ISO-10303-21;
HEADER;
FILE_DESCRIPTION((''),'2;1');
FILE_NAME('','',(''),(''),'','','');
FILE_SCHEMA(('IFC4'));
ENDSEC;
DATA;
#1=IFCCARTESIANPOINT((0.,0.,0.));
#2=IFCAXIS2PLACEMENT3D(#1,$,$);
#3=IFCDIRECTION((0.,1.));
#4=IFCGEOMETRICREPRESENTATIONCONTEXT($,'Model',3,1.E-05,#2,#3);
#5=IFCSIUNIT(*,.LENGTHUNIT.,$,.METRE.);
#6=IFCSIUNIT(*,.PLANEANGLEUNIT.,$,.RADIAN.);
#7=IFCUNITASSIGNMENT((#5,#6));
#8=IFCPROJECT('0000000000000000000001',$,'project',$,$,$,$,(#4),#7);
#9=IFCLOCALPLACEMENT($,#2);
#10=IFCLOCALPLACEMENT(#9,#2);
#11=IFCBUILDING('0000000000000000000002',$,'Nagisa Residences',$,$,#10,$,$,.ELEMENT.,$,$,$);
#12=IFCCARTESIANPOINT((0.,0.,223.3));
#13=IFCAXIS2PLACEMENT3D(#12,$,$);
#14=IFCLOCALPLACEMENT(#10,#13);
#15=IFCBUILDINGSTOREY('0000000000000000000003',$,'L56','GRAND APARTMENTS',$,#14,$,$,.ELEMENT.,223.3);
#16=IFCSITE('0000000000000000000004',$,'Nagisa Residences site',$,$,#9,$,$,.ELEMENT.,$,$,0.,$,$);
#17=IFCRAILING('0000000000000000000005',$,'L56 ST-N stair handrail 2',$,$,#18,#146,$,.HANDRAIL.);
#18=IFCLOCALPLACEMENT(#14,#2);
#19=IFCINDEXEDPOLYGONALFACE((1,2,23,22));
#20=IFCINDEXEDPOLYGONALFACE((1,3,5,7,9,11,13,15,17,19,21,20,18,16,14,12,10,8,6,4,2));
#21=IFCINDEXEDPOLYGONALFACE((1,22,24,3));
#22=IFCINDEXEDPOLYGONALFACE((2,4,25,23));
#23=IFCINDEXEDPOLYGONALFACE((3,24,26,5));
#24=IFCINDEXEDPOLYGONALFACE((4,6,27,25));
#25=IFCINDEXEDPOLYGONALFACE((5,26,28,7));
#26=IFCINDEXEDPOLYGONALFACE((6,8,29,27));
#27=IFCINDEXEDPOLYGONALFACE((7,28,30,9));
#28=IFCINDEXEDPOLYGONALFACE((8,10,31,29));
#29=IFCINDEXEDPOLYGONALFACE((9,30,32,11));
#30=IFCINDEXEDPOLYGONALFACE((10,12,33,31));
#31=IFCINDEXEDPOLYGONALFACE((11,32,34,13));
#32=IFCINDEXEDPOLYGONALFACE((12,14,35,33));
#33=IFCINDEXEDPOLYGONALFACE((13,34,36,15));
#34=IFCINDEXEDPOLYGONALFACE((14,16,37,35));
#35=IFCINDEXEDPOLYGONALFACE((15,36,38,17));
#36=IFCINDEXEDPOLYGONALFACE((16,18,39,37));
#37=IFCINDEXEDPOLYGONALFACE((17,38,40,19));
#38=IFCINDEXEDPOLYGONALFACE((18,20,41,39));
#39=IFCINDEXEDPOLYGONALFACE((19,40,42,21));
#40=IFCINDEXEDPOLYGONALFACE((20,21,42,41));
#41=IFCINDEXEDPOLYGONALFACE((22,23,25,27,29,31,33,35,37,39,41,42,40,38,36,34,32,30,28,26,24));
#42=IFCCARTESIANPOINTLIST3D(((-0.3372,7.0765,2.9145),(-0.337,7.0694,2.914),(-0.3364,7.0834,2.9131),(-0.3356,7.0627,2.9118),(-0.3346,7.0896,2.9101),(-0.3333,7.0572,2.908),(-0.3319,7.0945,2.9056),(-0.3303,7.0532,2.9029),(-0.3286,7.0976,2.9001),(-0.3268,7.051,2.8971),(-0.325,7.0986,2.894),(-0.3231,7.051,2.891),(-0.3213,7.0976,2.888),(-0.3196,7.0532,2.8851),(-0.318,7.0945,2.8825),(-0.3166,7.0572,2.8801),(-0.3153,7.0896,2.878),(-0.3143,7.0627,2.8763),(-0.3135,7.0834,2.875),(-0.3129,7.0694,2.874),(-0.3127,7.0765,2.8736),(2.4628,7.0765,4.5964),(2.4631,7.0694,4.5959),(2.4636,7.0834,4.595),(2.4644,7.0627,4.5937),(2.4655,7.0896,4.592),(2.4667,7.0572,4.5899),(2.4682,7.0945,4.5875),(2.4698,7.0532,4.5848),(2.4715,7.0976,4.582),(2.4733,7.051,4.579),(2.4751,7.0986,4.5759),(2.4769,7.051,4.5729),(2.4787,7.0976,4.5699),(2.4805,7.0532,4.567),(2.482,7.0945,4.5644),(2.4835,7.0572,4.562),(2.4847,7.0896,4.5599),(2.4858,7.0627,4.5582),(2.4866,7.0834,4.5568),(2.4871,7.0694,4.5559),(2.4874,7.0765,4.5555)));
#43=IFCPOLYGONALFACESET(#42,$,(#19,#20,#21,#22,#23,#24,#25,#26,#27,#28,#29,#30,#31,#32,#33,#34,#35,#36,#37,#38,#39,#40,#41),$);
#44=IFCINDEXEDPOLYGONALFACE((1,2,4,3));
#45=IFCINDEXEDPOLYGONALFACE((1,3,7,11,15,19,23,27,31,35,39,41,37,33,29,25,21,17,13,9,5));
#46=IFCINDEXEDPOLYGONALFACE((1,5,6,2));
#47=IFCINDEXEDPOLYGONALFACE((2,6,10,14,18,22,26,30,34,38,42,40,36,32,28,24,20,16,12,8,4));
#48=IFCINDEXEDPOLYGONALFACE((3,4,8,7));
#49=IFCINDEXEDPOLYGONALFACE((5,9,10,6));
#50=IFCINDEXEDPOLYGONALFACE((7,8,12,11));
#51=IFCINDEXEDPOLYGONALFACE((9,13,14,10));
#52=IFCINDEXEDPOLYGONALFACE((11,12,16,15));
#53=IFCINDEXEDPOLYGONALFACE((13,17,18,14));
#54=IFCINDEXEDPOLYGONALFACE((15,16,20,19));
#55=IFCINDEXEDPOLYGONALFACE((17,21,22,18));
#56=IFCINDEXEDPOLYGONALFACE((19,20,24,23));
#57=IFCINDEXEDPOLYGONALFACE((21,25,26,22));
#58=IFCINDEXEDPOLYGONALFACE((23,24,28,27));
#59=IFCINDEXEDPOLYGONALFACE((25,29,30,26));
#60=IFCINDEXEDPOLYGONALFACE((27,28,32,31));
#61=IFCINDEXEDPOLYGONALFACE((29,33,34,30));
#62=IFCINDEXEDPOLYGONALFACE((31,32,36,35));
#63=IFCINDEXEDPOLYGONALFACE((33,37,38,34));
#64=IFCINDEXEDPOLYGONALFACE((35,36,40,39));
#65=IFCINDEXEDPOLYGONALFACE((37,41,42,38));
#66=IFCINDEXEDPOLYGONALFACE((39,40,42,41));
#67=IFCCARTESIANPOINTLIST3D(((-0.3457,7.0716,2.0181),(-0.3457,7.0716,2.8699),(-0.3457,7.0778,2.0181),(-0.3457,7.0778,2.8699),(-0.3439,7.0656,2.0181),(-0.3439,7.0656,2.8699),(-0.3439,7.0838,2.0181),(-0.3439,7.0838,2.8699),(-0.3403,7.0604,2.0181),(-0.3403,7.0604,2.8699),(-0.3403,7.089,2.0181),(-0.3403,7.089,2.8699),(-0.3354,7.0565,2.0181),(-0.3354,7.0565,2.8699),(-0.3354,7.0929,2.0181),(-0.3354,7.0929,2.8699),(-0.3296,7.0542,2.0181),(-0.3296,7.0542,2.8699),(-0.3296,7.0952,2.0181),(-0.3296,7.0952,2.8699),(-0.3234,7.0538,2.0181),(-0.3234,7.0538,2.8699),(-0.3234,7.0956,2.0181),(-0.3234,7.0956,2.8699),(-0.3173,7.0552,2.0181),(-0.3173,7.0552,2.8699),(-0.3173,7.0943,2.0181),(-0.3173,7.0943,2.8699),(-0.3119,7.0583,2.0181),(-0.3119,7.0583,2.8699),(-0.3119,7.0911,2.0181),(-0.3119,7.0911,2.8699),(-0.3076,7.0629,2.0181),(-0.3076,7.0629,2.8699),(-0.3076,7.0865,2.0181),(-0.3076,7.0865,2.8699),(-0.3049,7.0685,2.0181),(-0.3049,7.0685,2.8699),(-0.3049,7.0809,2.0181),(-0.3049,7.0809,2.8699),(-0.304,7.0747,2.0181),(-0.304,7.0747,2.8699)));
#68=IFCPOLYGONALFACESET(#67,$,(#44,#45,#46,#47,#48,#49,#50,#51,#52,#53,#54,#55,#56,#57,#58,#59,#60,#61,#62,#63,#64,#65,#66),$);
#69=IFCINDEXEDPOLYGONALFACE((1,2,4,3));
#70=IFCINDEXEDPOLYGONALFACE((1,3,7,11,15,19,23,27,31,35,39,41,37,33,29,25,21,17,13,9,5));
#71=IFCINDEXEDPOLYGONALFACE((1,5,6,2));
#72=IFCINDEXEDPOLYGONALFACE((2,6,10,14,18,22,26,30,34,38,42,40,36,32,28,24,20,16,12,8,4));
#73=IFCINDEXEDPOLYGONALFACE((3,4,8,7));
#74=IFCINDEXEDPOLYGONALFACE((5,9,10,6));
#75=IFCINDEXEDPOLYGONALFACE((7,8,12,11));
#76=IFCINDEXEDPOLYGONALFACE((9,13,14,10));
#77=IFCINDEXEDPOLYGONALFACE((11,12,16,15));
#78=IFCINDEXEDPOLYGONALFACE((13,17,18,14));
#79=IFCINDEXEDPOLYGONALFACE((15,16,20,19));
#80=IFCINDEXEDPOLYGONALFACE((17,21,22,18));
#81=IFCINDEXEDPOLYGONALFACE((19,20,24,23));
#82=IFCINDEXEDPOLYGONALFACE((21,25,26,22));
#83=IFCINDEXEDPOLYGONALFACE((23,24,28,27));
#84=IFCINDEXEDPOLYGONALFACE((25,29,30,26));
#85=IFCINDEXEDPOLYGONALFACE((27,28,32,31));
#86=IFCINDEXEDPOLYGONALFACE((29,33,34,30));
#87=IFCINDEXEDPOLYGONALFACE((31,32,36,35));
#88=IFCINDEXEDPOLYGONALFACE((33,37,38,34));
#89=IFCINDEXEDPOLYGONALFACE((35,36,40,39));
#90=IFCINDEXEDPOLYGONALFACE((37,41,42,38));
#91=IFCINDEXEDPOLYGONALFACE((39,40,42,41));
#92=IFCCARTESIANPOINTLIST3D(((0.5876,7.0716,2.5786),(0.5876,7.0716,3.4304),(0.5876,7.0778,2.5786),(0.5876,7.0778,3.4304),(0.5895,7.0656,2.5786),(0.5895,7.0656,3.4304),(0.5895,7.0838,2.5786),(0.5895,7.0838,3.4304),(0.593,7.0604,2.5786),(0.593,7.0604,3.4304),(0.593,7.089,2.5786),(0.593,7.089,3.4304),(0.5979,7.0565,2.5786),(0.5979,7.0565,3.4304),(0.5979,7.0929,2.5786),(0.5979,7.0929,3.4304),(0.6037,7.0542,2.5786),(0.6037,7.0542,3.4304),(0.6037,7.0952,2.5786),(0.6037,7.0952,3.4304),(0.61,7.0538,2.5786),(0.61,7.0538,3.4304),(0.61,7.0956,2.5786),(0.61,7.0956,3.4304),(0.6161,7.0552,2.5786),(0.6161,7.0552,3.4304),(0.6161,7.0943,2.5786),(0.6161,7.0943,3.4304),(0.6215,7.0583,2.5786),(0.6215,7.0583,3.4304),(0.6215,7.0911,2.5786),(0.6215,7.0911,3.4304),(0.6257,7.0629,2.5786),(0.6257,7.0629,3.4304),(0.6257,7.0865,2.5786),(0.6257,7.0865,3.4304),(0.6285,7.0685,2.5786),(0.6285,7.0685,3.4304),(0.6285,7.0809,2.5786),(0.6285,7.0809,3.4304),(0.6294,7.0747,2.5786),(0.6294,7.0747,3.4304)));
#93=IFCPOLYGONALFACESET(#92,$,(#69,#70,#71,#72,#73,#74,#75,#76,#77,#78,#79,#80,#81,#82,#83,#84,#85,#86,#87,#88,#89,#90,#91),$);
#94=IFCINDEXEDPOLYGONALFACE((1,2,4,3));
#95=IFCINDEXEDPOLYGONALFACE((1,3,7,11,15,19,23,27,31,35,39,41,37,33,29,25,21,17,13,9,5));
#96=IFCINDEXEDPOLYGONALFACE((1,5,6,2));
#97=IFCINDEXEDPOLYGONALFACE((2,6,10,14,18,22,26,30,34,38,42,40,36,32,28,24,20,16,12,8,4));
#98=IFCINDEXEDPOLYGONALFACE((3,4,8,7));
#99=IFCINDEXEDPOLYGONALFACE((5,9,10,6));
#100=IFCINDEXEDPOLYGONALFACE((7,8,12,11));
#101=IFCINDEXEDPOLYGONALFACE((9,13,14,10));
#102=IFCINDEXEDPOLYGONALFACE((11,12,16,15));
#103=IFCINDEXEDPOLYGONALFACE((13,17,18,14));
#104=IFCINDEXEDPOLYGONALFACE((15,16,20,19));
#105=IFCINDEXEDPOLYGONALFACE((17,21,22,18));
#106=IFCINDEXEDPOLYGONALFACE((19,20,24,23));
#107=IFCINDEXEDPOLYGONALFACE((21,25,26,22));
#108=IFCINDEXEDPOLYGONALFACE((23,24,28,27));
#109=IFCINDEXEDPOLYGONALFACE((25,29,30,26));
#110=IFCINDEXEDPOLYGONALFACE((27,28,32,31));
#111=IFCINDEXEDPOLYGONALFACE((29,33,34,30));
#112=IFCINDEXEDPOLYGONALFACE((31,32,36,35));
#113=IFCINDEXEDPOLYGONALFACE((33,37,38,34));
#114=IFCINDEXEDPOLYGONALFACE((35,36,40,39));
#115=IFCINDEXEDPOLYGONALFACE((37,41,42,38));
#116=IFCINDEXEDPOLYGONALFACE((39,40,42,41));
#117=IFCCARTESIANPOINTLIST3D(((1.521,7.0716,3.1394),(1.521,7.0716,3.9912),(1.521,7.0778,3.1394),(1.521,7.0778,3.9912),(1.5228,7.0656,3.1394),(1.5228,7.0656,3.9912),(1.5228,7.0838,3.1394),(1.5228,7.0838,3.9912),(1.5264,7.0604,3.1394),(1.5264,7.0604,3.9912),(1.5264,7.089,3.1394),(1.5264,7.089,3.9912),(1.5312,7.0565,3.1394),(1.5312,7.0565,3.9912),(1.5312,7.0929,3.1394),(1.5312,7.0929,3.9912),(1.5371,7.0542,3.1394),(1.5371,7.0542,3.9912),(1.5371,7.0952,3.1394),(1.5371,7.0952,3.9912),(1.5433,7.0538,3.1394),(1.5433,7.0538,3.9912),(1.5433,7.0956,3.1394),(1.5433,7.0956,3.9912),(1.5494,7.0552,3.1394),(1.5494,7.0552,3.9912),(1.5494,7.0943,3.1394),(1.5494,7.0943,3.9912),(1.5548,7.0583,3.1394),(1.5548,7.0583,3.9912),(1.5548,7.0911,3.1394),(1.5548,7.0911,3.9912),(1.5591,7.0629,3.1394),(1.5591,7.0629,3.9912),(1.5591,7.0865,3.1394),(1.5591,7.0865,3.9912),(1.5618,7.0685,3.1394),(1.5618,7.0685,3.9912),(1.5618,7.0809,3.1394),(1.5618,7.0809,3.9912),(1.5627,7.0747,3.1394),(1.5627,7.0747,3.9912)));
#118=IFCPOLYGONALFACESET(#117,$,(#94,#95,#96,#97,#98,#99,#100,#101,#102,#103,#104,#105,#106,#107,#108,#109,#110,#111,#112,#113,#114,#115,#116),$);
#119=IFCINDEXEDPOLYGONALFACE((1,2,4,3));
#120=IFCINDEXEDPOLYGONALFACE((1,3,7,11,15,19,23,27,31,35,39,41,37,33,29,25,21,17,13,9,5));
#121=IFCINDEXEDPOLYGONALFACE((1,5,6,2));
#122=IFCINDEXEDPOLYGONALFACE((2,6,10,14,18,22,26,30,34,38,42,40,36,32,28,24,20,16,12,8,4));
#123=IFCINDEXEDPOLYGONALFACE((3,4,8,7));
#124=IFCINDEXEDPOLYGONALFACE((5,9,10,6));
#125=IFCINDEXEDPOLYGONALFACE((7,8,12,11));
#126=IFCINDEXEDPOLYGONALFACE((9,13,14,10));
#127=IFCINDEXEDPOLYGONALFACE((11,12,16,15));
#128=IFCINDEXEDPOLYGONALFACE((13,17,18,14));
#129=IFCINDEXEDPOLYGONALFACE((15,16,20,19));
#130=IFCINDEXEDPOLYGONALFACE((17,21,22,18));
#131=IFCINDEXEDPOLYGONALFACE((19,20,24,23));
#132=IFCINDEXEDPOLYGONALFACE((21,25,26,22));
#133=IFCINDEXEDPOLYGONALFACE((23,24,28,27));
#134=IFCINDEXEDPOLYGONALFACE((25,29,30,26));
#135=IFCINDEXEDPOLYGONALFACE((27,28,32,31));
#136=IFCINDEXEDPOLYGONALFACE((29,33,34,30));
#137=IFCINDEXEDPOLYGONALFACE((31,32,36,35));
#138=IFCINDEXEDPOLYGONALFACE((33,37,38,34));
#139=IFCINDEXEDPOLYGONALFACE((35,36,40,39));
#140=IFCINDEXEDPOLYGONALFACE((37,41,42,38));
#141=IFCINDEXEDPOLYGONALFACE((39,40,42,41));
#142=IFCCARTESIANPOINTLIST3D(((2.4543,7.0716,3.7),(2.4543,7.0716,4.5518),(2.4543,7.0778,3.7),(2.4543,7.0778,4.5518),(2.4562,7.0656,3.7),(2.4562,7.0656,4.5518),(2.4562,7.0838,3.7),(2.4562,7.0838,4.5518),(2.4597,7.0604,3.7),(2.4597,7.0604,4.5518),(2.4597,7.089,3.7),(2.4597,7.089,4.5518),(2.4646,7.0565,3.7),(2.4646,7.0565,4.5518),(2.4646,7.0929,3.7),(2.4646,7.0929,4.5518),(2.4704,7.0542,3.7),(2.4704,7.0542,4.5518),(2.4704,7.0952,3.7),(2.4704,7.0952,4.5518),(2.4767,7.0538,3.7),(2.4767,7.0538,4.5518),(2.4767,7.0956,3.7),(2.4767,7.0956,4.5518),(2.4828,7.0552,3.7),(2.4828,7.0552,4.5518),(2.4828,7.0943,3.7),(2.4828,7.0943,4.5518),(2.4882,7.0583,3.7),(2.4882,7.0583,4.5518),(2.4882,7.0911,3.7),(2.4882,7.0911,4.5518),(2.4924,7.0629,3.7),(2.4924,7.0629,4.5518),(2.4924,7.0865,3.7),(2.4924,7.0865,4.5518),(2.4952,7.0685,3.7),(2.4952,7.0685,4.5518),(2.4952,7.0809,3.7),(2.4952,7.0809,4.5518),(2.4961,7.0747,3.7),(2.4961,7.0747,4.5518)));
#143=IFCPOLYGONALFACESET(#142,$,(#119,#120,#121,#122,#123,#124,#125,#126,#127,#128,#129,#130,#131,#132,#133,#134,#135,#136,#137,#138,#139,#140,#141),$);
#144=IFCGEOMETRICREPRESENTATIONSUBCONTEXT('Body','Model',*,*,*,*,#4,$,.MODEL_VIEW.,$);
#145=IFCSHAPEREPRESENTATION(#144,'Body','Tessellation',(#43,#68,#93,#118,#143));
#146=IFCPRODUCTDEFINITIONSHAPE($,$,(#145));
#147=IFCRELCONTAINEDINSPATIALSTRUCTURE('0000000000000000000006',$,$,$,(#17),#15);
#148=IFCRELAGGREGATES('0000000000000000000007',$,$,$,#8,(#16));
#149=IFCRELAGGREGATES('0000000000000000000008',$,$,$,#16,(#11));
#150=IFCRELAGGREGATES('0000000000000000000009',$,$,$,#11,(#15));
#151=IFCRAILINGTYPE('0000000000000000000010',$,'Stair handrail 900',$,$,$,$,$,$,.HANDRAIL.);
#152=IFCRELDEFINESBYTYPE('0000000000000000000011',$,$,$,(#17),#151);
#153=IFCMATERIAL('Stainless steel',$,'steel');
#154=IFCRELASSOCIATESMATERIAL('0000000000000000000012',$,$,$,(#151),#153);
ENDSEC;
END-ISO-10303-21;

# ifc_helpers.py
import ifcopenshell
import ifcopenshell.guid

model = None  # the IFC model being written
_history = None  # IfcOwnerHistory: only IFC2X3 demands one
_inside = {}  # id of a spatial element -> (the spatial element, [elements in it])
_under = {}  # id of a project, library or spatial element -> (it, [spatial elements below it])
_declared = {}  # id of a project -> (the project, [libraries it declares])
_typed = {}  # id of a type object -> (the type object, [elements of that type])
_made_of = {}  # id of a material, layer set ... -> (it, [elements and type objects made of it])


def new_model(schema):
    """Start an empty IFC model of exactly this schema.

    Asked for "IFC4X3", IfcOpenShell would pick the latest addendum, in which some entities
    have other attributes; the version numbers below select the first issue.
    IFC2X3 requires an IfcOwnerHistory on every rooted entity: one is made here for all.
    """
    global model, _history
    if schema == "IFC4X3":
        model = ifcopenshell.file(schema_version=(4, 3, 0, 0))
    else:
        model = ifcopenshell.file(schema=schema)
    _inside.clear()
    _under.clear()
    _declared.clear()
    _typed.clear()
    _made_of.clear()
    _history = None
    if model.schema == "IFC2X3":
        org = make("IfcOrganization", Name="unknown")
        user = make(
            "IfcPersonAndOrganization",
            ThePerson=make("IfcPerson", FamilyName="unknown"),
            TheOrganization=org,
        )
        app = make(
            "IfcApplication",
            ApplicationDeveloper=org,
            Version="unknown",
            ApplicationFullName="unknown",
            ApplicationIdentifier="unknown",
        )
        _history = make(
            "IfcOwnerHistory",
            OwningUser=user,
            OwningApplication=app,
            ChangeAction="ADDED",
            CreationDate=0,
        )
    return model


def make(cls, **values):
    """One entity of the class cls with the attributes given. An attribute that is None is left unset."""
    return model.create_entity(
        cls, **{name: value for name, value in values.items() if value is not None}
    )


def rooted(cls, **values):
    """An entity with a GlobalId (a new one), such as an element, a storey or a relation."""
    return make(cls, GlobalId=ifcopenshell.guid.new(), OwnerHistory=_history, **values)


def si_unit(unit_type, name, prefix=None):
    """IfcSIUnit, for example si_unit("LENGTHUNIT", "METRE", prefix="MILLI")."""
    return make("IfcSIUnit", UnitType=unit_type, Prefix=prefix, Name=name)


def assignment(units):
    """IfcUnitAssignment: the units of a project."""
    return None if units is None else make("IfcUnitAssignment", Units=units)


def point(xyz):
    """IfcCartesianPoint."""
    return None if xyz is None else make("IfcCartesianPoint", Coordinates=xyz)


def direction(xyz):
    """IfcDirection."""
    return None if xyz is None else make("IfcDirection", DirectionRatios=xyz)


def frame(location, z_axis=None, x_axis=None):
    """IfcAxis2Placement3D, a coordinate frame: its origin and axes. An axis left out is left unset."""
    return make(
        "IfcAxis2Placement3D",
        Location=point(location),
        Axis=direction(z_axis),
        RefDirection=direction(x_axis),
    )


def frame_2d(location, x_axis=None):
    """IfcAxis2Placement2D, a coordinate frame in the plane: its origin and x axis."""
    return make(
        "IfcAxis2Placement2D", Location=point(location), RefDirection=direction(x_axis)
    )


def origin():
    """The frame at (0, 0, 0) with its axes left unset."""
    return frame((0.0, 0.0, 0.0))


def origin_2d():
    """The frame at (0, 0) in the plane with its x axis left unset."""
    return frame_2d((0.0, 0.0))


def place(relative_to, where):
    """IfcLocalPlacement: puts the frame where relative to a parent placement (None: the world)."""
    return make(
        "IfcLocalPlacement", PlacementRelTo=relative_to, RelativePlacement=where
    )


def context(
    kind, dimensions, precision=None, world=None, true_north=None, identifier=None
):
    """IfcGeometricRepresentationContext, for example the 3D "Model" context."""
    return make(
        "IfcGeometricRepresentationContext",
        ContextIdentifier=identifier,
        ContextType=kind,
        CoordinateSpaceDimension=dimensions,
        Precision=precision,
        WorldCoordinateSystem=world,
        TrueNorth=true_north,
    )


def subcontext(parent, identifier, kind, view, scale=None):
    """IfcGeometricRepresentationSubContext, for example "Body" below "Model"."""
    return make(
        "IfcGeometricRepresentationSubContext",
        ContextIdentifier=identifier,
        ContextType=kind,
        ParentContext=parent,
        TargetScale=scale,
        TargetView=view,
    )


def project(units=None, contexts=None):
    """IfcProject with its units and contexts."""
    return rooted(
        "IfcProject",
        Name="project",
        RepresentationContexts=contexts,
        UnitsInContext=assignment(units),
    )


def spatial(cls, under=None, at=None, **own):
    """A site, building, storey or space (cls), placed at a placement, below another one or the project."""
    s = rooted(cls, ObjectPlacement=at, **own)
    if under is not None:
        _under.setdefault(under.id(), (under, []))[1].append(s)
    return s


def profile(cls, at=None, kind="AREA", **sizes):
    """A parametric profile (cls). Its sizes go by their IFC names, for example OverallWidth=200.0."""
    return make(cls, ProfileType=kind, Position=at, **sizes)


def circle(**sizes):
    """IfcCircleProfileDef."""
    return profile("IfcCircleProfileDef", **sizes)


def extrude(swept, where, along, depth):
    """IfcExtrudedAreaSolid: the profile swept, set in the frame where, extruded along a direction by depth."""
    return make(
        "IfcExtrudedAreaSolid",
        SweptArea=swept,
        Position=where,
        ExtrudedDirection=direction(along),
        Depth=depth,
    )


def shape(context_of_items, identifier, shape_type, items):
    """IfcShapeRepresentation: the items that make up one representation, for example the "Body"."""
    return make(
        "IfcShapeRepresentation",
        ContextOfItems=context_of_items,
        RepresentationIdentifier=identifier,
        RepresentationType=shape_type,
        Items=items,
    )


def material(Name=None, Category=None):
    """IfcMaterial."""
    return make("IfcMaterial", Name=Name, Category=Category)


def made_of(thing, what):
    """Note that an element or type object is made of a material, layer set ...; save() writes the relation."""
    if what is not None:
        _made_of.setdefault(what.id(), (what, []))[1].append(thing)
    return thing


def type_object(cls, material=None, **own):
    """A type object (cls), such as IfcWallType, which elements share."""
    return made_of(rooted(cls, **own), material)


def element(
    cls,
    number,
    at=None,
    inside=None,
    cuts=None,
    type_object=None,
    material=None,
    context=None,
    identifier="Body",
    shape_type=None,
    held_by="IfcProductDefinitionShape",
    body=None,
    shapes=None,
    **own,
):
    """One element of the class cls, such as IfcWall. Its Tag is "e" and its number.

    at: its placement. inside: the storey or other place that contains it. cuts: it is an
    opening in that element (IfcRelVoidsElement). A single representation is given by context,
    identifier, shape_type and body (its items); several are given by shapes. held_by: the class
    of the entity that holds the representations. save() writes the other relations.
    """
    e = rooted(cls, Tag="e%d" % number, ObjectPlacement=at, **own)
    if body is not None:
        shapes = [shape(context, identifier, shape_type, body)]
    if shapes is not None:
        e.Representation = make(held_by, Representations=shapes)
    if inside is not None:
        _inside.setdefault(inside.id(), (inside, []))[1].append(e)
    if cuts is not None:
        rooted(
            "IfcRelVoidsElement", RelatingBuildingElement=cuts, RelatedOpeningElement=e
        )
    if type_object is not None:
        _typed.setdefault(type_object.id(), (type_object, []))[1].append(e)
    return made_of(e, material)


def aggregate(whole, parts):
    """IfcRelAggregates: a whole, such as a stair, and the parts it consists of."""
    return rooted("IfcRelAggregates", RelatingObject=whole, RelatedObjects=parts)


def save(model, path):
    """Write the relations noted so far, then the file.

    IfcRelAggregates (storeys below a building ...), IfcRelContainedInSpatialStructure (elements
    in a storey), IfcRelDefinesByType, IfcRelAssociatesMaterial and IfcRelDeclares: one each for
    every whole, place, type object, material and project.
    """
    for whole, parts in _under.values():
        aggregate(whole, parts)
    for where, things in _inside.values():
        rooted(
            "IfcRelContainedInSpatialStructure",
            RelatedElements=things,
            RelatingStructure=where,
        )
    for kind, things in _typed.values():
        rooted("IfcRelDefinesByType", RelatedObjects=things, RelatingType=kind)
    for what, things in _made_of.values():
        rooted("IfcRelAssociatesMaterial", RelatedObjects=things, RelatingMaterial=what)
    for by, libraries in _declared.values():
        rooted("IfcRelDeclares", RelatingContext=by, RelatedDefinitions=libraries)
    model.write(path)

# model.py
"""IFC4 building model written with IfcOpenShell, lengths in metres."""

from ifc_helpers import new_model, si_unit, direction, frame, origin, origin_2d, place, context, subcontext, project, spatial, circle, extrude, material, type_object, element, save


model = new_model("IFC4")

# Units and contexts
model_context = context("Model", 3, precision=1e-05, world=origin(), true_north=direction((0.0, 1.0)))
body_context = subcontext(model_context, "Body", "Model", "MODEL_VIEW")
ifc_project = project(units=[si_unit("LENGTHUNIT", "METRE"), si_unit("PLANEANGLEUNIT", "RADIAN")], contexts=[model_context])

# Site, building, storey
site_placement = place(None, origin())
site = spatial("IfcSite", under=ifc_project, at=site_placement, Name="Nagisa Residences site", CompositionType="ELEMENT", RefElevation=0.0)
building_placement = place(site_placement, origin())
building = spatial("IfcBuilding", under=site, at=building_placement, Name="Nagisa Residences", CompositionType="ELEMENT")
storey_placement = place(building_placement, frame((0.0, 0.0, 223.3)))
storey = spatial("IfcBuildingStorey", under=building, at=storey_placement, Name="L56", Description="GRAND APARTMENTS", CompositionType="ELEMENT", Elevation=223.3)

# Railing
ifc_material_1 = material(Name="Stainless steel", Category="steel")
railing_type = type_object("IfcRailingType", Name="Stair handrail 900", PredefinedType="HANDRAIL", material=ifc_material_1)
railing_placement = place(storey_placement, frame((-0.325, 7.0747, 2.0181)))
element("IfcRailing", 1, at=railing_placement, inside=storey, type_object=railing_type, Name="L56 ST-N stair handrail 2", PredefinedType="HANDRAIL", context=body_context, shape_type="SweptSolid", body=[
    extrude(circle(Radius=0.0239, at=origin_2d()), frame((0.0, 0.0, 0.876), z_axis=(0.857242, 0.0, 0.514913), x_axis=(0.0, 1.0, 0.0)), (0.0, 0.0, 1.0), 3.2664),
    extrude(circle(Radius=0.021, at=origin_2d()), origin(), (0.0, 0.0, 1.0), 0.8518),
    extrude(circle(Radius=0.021, at=origin_2d()), frame((0.9333, 0.0, 0.5605)), (0.0, 0.0, 1.0), 0.8518),
    extrude(circle(Radius=0.021, at=origin_2d()), frame((1.8667, 0.0, 1.1213)), (0.0, 0.0, 1.0), 0.8518),
    extrude(circle(Radius=0.021, at=origin_2d()), frame((2.8, 0.0, 1.6819)), (0.0, 0.0, 1.0), 0.8518),
])

save(model, "model.ifc")
